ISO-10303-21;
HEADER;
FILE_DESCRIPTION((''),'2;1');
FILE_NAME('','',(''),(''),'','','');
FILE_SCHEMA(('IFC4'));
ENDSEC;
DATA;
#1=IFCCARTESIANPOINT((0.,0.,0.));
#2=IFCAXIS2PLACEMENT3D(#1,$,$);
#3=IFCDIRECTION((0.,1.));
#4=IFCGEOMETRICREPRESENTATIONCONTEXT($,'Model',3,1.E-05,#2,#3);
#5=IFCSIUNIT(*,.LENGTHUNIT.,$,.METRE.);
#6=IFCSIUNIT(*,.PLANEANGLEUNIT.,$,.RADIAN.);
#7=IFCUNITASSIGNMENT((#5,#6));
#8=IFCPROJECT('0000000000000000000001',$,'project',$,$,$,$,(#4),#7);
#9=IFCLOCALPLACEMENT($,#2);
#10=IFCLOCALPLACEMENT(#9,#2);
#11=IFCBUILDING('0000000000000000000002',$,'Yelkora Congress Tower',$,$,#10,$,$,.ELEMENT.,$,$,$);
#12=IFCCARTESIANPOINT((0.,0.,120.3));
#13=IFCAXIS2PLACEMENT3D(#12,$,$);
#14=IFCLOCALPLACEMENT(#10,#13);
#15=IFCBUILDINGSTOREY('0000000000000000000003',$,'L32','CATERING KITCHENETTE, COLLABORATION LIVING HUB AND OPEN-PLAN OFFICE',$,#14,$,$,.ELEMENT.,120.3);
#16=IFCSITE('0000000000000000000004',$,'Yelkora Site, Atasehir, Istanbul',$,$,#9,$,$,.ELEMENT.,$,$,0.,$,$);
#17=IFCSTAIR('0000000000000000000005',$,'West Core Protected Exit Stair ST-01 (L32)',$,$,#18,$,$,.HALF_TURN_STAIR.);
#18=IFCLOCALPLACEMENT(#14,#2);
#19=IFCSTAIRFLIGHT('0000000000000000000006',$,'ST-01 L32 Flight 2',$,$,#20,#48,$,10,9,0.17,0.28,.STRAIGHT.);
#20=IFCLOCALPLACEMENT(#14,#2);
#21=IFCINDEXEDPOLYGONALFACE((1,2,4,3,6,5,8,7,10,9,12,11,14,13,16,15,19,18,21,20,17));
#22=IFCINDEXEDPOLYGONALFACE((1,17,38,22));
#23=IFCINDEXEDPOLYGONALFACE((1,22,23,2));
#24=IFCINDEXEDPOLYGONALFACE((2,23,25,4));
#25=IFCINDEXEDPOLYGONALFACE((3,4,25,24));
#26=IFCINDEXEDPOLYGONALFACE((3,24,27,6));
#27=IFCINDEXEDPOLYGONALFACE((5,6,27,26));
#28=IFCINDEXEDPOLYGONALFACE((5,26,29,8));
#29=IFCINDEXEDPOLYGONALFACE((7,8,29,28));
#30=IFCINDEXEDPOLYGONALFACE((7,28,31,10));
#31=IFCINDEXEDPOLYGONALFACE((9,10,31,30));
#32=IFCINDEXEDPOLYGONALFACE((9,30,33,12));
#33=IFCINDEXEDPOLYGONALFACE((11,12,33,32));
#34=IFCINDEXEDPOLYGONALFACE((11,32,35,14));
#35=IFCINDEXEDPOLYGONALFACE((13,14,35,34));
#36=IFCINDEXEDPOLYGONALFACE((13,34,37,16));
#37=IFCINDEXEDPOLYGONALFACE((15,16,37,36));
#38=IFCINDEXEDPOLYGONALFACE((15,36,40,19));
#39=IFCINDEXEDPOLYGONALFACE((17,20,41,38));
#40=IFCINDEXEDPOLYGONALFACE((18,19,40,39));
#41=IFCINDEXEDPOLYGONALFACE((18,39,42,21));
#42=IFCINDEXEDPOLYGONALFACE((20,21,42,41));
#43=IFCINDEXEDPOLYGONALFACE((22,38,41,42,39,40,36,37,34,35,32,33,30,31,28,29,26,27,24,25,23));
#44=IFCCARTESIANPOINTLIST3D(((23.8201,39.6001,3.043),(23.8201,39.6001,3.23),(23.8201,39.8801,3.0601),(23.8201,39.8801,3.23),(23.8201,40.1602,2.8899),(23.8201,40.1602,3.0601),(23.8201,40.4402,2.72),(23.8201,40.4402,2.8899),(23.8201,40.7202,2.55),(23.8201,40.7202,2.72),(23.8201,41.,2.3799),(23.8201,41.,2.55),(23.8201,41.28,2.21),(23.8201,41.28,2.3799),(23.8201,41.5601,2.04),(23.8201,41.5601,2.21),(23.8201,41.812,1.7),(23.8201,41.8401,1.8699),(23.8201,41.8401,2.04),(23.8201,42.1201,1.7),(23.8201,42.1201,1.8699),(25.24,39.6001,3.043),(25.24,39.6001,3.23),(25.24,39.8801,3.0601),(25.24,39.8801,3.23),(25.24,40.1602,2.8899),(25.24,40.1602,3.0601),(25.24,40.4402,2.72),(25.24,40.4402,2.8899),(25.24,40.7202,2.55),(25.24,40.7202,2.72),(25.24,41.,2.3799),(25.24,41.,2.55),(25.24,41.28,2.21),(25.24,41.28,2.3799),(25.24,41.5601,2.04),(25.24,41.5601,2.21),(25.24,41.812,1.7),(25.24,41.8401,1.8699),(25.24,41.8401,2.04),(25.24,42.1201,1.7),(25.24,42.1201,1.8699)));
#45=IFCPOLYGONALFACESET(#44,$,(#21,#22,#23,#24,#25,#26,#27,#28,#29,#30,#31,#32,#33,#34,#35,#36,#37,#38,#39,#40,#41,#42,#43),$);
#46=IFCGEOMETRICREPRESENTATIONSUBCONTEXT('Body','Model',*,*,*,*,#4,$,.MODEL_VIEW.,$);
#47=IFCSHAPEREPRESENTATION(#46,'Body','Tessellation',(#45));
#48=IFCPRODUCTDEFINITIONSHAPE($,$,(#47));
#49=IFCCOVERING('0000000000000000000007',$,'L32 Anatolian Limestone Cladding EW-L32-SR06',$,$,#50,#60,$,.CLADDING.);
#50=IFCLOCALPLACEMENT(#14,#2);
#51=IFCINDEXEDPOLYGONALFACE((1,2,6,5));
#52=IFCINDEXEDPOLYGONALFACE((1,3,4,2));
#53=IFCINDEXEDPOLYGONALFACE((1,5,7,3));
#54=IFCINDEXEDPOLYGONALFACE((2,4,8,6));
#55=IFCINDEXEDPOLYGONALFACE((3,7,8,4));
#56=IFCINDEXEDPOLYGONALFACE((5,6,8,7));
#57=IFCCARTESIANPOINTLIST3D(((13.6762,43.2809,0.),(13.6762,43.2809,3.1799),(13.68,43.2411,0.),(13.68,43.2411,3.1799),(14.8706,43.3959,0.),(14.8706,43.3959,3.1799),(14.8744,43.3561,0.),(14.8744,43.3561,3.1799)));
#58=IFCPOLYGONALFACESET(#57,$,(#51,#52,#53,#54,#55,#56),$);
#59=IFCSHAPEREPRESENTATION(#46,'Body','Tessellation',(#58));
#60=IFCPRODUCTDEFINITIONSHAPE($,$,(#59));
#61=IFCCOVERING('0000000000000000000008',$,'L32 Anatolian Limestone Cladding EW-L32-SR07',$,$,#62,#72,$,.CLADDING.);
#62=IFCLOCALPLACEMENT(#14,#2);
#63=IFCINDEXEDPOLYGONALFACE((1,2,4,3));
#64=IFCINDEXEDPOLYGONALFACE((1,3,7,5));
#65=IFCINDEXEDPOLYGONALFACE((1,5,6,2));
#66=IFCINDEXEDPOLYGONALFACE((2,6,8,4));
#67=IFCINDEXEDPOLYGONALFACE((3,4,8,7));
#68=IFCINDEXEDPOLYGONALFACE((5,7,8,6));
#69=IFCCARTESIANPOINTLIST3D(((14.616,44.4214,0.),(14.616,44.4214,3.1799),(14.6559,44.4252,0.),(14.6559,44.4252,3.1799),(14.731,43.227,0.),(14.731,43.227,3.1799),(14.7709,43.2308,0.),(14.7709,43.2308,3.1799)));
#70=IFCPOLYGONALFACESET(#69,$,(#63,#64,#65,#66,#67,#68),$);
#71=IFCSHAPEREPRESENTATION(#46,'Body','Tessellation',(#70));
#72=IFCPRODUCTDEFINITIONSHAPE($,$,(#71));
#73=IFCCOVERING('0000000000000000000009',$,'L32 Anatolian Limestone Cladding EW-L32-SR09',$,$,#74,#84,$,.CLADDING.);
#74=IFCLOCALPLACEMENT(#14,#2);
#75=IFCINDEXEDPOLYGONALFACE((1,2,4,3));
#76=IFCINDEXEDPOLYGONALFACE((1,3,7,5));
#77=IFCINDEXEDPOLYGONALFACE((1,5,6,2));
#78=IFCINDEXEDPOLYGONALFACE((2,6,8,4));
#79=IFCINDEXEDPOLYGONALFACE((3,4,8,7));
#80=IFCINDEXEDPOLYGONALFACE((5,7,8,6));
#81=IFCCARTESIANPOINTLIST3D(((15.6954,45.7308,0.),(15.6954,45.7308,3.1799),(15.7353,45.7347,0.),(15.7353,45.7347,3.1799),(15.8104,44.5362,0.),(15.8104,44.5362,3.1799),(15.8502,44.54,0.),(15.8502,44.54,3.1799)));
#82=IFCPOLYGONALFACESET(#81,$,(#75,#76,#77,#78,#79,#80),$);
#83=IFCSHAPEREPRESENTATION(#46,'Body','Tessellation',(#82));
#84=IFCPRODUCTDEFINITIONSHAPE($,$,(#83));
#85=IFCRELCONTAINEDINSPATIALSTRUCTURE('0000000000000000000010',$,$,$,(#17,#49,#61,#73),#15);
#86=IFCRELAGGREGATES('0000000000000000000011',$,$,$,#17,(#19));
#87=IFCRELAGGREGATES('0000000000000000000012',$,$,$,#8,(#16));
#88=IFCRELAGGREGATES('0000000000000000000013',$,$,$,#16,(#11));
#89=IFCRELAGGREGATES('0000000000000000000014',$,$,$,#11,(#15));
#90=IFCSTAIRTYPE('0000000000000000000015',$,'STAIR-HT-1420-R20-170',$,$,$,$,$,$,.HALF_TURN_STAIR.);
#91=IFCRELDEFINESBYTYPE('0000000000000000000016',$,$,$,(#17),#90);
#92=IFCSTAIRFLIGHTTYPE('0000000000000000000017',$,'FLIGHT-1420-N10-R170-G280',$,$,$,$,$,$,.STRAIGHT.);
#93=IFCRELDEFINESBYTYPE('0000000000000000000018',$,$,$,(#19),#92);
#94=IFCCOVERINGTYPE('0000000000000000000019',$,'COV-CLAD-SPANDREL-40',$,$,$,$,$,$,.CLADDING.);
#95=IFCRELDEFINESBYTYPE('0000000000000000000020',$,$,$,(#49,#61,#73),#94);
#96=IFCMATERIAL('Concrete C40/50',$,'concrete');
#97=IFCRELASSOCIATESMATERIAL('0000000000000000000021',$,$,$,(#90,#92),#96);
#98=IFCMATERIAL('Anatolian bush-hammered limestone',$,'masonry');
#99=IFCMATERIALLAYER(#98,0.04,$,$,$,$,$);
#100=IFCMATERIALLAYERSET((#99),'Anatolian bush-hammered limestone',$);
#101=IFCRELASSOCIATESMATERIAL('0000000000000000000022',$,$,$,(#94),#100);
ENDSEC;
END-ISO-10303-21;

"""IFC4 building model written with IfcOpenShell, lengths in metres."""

from ifc_helpers import new_model, si_unit, direction, frame, frame_2d, origin, place, context, subcontext, project, spatial, polyline, rectangle, outline, extrude, material, layer, layer_set, type_object, element, aggregate, save


model = new_model("IFC4")

# Units and contexts
model_context = context("Model", 3, precision=1e-05, world=origin(), true_north=direction((0.0, 1.0)))
body_context = subcontext(model_context, "Body", "Model", "MODEL_VIEW")
ifc_project = project(units=[si_unit("LENGTHUNIT", "METRE"), si_unit("PLANEANGLEUNIT", "RADIAN")], contexts=[model_context])

# Site, building, storey
site_placement = place(None, origin())
site = spatial("IfcSite", under=ifc_project, at=site_placement, Name="Yelkora Site, Atasehir, Istanbul", CompositionType="ELEMENT", RefElevation=0.0)
building_placement = place(site_placement, origin())
building = spatial("IfcBuilding", under=site, at=building_placement, Name="Yelkora Congress Tower", CompositionType="ELEMENT")
storey_placement = place(building_placement, frame((0.0, 0.0, 120.3)))
storey = spatial("IfcBuildingStorey", under=building, at=storey_placement, Name="L32", Description="CATERING KITCHENETTE, COLLABORATION LIVING HUB AND OPEN-PLAN OFFICE", CompositionType="ELEMENT", Elevation=120.3)

# Shared definitions
ifc_material_1 = material(Name="Concrete C40/50", Category="concrete")

# Stair, stair flight
stair_type = type_object("IfcStairType", Name="STAIR-HT-1420-R20-170", PredefinedType="HALF_TURN_STAIR", material=ifc_material_1)
stair_placement = place(storey_placement, origin())
stair = element("IfcStair", 1, at=stair_placement, inside=storey, type_object=stair_type, Name="West Core Protected Exit Stair ST-01 (L32)", PredefinedType="HALF_TURN_STAIR")
stair_flight_type = type_object("IfcStairFlightType", Name="FLIGHT-1420-N10-R170-G280", PredefinedType="STRAIGHT", material=ifc_material_1)
stair_flight_placement = place(storey_placement, frame((24.53, 42.1201, 1.7), z_axis=(0.0, 0.0, 1.0), x_axis=(0.0, -1.0, 0.0)))
stair_flight = element("IfcStairFlight", 2, at=stair_flight_placement, type_object=stair_flight_type, Name="ST-01 L32 Flight 2", NumberOfRisers=10, NumberOfTreads=9, PredefinedType="STRAIGHT", RiserHeight=0.17, TreadLength=0.28, context=body_context, shape_type="SweptSolid", body=[
    extrude(outline(polyline([(0.0, 0.0), (0.0, 0.1699), (0.28, 0.1699), (0.28, 0.3401), (0.5601, 0.3401), (0.5601, 0.51), (0.8401, 0.51), (0.8401, 0.6799), (1.1201, 0.6799), (1.1201, 0.8501), (1.3999, 0.8501), (1.3999, 1.02), (1.6799, 1.02), (1.6799, 1.1899), (1.96, 1.1899), (1.96, 1.3601), (2.24, 1.3601), (2.24, 1.53), (2.52, 1.53), (2.52, 1.7), (2.52, 1.343), (0.3081, 0.0), (0.0, 0.0)])), frame((0.0, 0.71, 0.0), z_axis=(0.0, -1.0, 0.0), x_axis=(1.0, 0.0, 0.0)), (0.0, 0.0, 1.0), 1.4199),
])
aggregate(stair, [stair_flight])

# Coverings
ifc_material_2 = material(Name="Anatolian bush-hammered limestone", Category="masonry")
ifc_layer_1 = layer(ifc_material_2, 0.04)
ifc_layer_set_1 = layer_set([ifc_layer_1], Name="Anatolian bush-hammered limestone")
covering_type = type_object("IfcCoveringType", Name="COV-CLAD-SPANDREL-40", PredefinedType="CLADDING", material=ifc_layer_set_1)
for number, where, z_axis, x_axis, name in (
    (3, (13.678, 43.261, 0.0), (0.0, 0.0, 1.0), (0.995397, 0.095836, 0.0), "L32 Anatolian Limestone Cladding EW-L32-SR06"),
    (4, (14.751, 43.2288, 0.0), (0.0, 0.0, 1.0), (-0.095836, 0.995397, 0.0), "L32 Anatolian Limestone Cladding EW-L32-SR07"),
):
    element("IfcCovering", number, at=place(storey_placement, frame(where, z_axis=z_axis, x_axis=x_axis)), inside=storey, type_object=covering_type, Name=name, PredefinedType="CLADDING", context=body_context, shape_type="SweptSolid", body=[
        extrude(rectangle(XDim=1.2, YDim=0.04, at=frame_2d((0.6001, 0.0))), origin(), (0.0, 0.0, 1.0), 3.1799),
    ])
covering_placement = place(storey_placement, frame((15.8303, 44.5381, 0.0), z_axis=(0.0, 0.0, 1.0), x_axis=(-0.095817, 0.995399, 0.0)))
element("IfcCovering", 5, at=covering_placement, inside=storey, type_object=covering_type, Name="L32 Anatolian Limestone Cladding EW-L32-SR09", PredefinedType="CLADDING", context=body_context, shape_type="SweptSolid", body=[
    extrude(rectangle(XDim=1.2002, YDim=0.04, at=frame_2d((0.6001, 0.0))), origin(), (0.0, 0.0, 1.0), 3.1799),
])

save(model, "model.ifc")
